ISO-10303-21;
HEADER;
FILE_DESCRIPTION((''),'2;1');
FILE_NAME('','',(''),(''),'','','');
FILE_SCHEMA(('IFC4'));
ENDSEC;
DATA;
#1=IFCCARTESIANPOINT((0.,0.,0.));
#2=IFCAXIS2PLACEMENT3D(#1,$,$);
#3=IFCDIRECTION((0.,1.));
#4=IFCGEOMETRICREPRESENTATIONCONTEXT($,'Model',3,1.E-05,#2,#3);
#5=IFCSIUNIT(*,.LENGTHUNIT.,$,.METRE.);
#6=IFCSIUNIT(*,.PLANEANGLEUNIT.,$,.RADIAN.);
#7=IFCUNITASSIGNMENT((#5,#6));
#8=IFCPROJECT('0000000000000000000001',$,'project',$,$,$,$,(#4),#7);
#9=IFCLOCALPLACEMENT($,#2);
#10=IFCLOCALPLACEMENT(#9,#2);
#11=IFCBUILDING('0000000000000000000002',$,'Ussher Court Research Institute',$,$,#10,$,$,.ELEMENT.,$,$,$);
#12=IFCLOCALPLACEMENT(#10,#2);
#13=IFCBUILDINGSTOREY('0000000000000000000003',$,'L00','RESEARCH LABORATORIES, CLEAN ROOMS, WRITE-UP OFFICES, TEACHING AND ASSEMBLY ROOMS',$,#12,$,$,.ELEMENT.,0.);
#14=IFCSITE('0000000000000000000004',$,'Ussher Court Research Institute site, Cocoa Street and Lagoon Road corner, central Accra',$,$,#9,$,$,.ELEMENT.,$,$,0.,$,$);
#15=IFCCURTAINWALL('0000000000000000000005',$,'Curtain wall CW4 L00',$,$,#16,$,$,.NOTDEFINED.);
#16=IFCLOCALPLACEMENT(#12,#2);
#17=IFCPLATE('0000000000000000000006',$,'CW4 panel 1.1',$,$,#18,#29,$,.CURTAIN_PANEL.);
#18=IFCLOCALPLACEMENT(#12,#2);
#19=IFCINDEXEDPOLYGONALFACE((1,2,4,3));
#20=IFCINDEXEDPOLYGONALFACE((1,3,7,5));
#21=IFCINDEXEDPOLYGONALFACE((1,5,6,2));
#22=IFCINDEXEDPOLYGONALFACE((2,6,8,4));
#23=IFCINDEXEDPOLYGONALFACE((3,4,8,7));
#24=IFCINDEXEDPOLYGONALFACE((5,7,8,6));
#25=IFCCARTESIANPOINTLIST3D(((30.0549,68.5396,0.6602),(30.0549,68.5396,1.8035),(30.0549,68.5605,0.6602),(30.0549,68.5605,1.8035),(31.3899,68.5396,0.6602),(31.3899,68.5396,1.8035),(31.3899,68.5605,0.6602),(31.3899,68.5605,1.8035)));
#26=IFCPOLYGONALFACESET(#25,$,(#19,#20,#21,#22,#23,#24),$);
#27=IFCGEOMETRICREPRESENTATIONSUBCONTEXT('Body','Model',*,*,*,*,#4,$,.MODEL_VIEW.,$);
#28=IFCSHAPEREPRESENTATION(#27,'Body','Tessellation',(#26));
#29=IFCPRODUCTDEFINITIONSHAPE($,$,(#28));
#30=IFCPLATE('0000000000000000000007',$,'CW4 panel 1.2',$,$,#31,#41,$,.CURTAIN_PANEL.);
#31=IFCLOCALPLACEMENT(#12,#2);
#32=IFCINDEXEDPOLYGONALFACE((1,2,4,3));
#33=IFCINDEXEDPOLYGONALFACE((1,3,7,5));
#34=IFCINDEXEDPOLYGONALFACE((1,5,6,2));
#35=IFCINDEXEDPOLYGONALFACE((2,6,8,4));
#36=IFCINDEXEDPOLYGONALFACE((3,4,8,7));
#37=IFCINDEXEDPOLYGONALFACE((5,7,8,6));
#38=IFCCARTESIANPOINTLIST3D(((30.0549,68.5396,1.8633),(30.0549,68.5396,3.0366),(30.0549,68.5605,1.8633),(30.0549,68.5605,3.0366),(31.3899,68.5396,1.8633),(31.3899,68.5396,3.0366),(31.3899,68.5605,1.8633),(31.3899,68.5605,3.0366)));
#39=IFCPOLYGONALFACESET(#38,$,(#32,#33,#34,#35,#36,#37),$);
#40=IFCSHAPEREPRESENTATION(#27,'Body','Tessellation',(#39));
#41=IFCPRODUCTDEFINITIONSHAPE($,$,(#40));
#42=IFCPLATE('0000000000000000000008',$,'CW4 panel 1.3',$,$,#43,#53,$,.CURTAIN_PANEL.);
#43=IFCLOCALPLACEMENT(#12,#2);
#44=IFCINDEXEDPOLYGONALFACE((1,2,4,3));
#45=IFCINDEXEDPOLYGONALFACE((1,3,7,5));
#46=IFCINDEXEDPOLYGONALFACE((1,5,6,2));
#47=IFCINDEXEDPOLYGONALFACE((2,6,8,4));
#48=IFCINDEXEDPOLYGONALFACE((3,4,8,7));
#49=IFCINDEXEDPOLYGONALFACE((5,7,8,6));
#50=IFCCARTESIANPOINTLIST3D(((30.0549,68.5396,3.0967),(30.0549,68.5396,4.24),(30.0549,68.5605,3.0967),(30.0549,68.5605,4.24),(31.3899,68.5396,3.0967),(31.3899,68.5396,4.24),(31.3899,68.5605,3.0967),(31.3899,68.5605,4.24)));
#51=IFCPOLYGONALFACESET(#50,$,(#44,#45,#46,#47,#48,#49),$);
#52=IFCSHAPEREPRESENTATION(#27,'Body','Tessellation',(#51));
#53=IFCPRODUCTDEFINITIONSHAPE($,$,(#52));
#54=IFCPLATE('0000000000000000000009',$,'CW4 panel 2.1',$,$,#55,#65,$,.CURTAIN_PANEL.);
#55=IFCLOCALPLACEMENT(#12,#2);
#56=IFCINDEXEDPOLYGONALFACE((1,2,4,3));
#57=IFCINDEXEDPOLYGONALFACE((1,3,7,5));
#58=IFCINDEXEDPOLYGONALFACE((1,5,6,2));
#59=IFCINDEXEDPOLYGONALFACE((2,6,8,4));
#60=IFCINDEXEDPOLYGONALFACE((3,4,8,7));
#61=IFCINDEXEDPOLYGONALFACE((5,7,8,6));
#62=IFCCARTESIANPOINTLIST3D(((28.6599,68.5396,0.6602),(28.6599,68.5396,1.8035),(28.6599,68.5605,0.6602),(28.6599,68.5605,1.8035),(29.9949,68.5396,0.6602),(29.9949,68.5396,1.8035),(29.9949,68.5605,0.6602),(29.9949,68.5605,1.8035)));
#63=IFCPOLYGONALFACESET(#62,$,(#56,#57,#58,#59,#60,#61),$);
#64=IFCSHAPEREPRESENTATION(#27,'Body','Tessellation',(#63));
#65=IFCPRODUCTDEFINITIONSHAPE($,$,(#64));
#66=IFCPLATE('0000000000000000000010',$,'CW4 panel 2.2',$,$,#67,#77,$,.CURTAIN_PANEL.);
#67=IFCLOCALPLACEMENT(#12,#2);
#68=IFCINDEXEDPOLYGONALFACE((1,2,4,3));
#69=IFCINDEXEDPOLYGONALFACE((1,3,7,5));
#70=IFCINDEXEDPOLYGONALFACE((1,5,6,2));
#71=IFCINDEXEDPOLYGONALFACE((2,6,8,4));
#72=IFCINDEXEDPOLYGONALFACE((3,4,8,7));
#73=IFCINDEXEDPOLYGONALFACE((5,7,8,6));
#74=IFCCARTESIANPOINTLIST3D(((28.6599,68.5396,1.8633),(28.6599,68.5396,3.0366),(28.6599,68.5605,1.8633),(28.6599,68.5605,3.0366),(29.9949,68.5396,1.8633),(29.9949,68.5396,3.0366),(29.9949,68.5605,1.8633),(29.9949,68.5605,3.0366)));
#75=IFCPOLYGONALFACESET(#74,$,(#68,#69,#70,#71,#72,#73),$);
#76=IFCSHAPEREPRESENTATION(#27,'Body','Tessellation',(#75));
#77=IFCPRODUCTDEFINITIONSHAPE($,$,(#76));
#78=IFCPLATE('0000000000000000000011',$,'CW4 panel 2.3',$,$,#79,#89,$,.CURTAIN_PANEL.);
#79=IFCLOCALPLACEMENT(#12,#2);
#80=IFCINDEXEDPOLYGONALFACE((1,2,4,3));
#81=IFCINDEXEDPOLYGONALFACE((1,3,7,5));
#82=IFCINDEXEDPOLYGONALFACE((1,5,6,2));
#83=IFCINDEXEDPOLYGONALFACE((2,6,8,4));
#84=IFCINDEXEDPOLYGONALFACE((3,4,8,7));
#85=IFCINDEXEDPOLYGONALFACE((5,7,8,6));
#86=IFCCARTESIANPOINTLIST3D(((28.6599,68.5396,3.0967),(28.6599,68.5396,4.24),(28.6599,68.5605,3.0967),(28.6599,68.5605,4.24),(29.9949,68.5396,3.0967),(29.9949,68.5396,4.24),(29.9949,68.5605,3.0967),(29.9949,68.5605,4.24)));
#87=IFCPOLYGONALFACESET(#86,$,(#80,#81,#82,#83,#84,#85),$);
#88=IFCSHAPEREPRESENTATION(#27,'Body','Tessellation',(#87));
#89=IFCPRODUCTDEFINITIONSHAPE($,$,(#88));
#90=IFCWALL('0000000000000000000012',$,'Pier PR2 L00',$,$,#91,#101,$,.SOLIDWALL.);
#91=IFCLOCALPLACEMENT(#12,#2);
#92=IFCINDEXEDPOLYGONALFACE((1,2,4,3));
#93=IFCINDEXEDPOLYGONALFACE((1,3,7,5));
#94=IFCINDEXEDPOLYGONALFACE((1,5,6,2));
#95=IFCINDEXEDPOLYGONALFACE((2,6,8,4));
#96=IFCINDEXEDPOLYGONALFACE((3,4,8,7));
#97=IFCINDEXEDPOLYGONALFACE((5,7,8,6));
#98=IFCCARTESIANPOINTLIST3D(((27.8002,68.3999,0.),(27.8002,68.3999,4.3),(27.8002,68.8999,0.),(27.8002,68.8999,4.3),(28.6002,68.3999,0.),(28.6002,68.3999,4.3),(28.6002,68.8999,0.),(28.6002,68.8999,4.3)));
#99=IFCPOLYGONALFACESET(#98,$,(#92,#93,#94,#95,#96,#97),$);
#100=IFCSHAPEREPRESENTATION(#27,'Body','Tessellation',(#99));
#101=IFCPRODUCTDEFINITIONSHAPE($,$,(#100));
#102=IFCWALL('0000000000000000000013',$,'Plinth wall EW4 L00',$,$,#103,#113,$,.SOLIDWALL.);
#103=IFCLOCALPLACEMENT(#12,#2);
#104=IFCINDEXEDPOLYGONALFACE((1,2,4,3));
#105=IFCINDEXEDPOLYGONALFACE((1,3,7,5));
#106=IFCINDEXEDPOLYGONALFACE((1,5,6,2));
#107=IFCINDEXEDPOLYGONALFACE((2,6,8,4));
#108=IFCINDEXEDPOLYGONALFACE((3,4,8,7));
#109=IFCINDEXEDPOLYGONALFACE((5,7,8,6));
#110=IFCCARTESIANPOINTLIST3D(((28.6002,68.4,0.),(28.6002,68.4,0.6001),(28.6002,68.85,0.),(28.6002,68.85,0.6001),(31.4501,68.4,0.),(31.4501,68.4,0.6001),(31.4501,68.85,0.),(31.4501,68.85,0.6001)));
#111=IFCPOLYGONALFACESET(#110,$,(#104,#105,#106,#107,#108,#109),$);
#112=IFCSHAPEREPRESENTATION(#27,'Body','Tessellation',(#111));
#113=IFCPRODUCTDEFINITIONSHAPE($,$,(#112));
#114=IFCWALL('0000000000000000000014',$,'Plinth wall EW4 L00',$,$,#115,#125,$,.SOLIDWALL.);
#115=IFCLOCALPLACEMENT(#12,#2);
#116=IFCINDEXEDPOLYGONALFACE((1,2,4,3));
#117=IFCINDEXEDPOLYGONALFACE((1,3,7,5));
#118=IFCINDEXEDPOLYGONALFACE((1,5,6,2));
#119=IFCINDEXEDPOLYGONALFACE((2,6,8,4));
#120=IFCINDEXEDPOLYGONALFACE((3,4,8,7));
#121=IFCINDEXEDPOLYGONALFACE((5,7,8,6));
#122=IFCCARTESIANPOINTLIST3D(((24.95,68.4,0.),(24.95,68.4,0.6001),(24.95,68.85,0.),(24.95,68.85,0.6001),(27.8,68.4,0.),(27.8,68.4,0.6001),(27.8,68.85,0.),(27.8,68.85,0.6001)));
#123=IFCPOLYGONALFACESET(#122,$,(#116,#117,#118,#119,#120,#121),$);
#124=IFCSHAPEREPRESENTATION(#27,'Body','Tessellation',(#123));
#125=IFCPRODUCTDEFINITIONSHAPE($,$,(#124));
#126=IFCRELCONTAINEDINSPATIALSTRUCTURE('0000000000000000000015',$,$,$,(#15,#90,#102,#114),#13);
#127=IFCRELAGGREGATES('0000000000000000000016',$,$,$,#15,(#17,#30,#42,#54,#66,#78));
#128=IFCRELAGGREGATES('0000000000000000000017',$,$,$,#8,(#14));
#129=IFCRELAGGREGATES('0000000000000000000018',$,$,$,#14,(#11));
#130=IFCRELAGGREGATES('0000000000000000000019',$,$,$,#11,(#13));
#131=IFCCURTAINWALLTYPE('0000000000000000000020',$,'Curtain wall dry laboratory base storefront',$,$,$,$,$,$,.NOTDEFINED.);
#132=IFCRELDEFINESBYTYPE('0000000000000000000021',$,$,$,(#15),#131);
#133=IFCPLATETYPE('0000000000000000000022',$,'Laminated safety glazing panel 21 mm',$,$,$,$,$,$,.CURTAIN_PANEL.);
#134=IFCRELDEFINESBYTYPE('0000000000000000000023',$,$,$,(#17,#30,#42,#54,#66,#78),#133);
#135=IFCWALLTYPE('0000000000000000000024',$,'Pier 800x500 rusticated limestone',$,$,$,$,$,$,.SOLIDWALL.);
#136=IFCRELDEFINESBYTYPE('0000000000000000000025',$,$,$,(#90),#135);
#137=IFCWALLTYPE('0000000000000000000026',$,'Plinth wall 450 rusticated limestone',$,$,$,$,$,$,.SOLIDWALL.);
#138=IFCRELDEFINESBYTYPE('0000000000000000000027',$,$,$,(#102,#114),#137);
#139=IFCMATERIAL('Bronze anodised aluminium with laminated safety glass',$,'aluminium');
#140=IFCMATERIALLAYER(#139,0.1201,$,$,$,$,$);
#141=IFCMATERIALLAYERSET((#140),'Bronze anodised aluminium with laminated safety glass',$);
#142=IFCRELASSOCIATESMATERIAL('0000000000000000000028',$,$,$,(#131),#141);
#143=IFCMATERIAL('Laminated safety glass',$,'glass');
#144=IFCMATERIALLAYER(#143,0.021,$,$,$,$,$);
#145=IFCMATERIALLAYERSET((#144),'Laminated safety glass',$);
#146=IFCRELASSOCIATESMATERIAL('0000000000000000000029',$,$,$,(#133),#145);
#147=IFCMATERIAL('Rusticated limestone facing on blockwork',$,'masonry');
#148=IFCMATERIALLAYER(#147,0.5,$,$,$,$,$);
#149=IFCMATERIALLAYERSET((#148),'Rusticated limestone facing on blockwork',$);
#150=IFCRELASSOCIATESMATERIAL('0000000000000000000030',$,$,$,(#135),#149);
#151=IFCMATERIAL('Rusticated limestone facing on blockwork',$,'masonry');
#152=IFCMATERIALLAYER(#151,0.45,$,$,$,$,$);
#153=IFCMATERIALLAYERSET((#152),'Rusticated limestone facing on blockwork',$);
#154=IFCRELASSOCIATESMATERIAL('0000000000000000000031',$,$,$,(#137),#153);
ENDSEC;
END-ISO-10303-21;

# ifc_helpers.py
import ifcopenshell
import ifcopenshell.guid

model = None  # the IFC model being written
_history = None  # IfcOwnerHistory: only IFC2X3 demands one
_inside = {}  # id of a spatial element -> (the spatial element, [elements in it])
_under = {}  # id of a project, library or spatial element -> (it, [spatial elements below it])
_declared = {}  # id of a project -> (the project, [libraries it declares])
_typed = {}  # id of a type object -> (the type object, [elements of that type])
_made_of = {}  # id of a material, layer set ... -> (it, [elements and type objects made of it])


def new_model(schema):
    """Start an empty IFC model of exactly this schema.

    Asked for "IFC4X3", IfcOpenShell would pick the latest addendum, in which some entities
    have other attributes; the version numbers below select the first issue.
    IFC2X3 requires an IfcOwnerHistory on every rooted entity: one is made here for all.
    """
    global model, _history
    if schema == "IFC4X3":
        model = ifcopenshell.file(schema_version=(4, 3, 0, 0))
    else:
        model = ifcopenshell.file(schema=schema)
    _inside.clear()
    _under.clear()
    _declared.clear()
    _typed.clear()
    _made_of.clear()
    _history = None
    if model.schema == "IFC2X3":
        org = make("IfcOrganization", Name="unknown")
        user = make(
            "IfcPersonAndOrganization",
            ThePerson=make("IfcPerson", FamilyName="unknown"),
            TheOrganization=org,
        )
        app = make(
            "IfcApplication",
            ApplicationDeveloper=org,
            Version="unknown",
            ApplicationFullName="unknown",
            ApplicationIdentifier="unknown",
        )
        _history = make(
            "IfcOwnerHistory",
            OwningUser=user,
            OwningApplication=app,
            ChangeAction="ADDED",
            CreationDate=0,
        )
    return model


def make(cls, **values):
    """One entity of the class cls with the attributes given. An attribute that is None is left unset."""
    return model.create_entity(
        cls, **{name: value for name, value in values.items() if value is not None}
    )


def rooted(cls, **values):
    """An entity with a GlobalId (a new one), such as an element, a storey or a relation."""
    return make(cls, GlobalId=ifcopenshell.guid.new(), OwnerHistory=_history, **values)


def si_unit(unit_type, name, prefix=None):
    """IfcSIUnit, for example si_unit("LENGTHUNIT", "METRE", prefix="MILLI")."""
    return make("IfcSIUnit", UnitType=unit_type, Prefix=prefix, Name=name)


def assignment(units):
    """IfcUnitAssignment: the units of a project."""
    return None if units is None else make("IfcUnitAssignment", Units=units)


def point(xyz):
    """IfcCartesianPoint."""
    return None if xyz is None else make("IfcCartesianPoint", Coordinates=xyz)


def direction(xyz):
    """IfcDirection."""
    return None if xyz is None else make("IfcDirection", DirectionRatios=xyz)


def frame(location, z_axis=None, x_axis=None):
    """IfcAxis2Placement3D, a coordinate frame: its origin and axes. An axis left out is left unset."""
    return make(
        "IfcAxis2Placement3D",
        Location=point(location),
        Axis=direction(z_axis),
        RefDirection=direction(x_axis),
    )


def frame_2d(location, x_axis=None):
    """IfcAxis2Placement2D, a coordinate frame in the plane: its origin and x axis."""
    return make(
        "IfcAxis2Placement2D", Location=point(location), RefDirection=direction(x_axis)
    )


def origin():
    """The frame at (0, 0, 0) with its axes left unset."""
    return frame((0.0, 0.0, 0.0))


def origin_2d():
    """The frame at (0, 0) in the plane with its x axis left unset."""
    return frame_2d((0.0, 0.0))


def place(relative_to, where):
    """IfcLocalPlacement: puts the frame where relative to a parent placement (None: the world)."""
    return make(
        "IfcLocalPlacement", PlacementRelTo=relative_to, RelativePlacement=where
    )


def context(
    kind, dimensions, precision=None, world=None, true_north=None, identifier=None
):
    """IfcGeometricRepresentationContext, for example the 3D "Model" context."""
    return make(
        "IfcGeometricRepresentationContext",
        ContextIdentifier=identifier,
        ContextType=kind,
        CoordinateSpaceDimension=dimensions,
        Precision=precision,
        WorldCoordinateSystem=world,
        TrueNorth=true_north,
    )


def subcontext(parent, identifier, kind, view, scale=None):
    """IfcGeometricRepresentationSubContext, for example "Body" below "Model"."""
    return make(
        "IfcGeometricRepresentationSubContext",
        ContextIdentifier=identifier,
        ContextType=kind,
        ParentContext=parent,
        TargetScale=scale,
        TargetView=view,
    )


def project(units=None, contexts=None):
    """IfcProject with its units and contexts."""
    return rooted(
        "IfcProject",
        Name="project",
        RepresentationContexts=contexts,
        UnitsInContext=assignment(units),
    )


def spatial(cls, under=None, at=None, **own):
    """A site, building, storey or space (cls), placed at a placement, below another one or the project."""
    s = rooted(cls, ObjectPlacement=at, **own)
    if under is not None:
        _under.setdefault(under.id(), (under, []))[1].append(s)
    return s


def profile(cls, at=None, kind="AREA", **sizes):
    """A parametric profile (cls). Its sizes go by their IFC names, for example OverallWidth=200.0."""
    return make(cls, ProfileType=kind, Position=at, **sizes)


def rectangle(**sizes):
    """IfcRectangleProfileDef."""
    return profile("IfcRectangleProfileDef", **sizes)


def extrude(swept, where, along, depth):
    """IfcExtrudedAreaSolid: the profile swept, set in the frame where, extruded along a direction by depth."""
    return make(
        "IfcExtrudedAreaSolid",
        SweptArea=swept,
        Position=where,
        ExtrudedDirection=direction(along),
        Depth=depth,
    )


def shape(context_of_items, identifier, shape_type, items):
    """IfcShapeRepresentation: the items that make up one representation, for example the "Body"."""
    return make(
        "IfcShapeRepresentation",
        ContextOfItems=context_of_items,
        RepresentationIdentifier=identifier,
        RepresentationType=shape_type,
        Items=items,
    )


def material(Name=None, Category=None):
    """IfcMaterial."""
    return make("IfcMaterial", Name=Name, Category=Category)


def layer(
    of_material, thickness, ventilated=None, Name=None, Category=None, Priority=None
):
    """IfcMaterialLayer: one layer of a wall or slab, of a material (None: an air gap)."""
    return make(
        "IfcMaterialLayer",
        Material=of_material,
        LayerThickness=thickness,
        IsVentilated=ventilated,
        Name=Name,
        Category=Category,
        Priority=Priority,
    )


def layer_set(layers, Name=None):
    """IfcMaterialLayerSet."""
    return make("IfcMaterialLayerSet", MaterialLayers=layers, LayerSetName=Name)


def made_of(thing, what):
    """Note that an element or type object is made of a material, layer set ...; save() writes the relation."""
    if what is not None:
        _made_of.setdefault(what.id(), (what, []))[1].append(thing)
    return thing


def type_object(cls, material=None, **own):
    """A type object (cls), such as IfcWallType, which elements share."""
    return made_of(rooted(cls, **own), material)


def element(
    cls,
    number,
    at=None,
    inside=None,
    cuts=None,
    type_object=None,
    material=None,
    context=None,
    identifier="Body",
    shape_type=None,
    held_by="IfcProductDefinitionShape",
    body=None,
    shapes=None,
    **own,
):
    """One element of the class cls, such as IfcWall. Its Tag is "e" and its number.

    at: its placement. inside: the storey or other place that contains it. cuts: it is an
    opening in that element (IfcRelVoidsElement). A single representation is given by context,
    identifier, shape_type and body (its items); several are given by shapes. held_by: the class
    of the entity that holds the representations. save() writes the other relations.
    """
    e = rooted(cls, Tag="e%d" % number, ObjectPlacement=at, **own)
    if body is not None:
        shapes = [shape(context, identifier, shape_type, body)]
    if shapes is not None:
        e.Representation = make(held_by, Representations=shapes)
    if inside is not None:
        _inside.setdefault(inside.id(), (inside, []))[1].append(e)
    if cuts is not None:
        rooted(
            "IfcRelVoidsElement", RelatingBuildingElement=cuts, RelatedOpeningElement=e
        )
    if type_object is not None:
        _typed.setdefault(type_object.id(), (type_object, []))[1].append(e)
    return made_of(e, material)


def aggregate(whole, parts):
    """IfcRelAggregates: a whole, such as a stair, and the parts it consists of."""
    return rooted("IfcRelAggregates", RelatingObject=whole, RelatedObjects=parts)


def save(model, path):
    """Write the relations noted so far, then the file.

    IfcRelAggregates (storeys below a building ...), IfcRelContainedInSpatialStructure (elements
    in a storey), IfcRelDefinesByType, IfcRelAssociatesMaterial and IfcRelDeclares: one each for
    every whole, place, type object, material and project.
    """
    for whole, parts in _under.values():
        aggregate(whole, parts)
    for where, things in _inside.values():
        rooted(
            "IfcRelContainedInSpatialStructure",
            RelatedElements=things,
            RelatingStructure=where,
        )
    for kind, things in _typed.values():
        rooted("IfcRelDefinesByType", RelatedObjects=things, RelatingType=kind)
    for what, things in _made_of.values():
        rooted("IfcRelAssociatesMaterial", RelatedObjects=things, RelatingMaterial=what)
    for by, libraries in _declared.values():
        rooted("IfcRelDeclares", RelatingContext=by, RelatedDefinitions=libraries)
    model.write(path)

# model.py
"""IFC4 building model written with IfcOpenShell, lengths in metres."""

from ifc_helpers import new_model, si_unit, direction, frame, frame_2d, origin, origin_2d, place, context, subcontext, project, spatial, rectangle, extrude, material, layer, layer_set, type_object, element, aggregate, save


model = new_model("IFC4")

# Units and contexts
model_context = context("Model", 3, precision=1e-05, world=origin(), true_north=direction((0.0, 1.0)))
body_context = subcontext(model_context, "Body", "Model", "MODEL_VIEW")
ifc_project = project(units=[si_unit("LENGTHUNIT", "METRE"), si_unit("PLANEANGLEUNIT", "RADIAN")], contexts=[model_context])

# Site, building, storey
site_placement = place(None, origin())
site = spatial("IfcSite", under=ifc_project, at=site_placement, Name="Ussher Court Research Institute site, Cocoa Street and Lagoon Road corner, central Accra", CompositionType="ELEMENT", RefElevation=0.0)
building_placement = place(site_placement, origin())
building = spatial("IfcBuilding", under=site, at=building_placement, Name="Ussher Court Research Institute", CompositionType="ELEMENT")
storey_placement = place(building_placement, origin())
storey = spatial("IfcBuildingStorey", under=building, at=storey_placement, Name="L00", Description="RESEARCH LABORATORIES, CLEAN ROOMS, WRITE-UP OFFICES, TEACHING AND ASSEMBLY ROOMS", CompositionType="ELEMENT", Elevation=0.0)

# Shared definitions
ifc_material_1 = material(Name="Bronze anodised aluminium with laminated safety glass", Category="aluminium")
ifc_layer_1 = layer(ifc_material_1, 0.1201)
ifc_layer_set_1 = layer_set([ifc_layer_1], Name="Bronze anodised aluminium with laminated safety glass")
curtain_wall_type = type_object("IfcCurtainWallType", Name="Curtain wall dry laboratory base storefront", PredefinedType="NOTDEFINED", material=ifc_layer_set_1)

# Curtain wall
curtain_wall_1_placement = place(storey_placement, origin())
curtain_wall_1 = element("IfcCurtainWall", 1, at=curtain_wall_1_placement, inside=storey, type_object=curtain_wall_type, Name="Curtain wall CW4 L00", PredefinedType="NOTDEFINED")

# Plates
ifc_material_2 = material(Name="Laminated safety glass", Category="glass")
ifc_layer_2 = layer(ifc_material_2, 0.021)
ifc_layer_set_2 = layer_set([ifc_layer_2], Name="Laminated safety glass")
plate_type = type_object("IfcPlateType", Name="Laminated safety glazing panel 21 mm", PredefinedType="CURTAIN_PANEL", material=ifc_layer_set_2)
plate_1_placement = place(storey_placement, frame((30.7224, 68.55, 0.6602), z_axis=(0.0, 0.0, 1.0), x_axis=(-1.0, 0.0, 0.0)))
plate_1 = element("IfcPlate", 2, at=plate_1_placement, type_object=plate_type, Name="CW4 panel 1.1", PredefinedType="CURTAIN_PANEL", context=body_context, shape_type="SweptSolid", body=[
    extrude(rectangle(XDim=1.335, YDim=0.021, at=origin_2d()), origin(), (0.0, 0.0, 1.0), 1.1433),
])
plate_2_placement = place(storey_placement, frame((30.7224, 68.55, 1.8633), z_axis=(0.0, 0.0, 1.0), x_axis=(-1.0, 0.0, 0.0)))
plate_2 = element("IfcPlate", 3, at=plate_2_placement, type_object=plate_type, Name="CW4 panel 1.2", PredefinedType="CURTAIN_PANEL", context=body_context, shape_type="SweptSolid", body=[
    extrude(rectangle(XDim=1.335, YDim=0.021, at=origin_2d()), origin(), (0.0, 0.0, 1.0), 1.1733),
])
plate_3_placement = place(storey_placement, frame((30.7224, 68.55, 3.0967), z_axis=(0.0, 0.0, 1.0), x_axis=(-1.0, 0.0, 0.0)))
plate_3 = element("IfcPlate", 4, at=plate_3_placement, type_object=plate_type, Name="CW4 panel 1.3", PredefinedType="CURTAIN_PANEL", context=body_context, shape_type="SweptSolid", body=[
    extrude(rectangle(XDim=1.335, YDim=0.021, at=origin_2d()), origin(), (0.0, 0.0, 1.0), 1.1433),
])
plate_4_placement = place(storey_placement, frame((29.3274, 68.55, 0.6602), z_axis=(0.0, 0.0, 1.0), x_axis=(-1.0, 0.0, 0.0)))
plate_4 = element("IfcPlate", 5, at=plate_4_placement, type_object=plate_type, Name="CW4 panel 2.1", PredefinedType="CURTAIN_PANEL", context=body_context, shape_type="SweptSolid", body=[
    extrude(rectangle(XDim=1.335, YDim=0.021, at=origin_2d()), origin(), (0.0, 0.0, 1.0), 1.1433),
])
plate_5_placement = place(storey_placement, frame((29.3274, 68.55, 1.8633), z_axis=(0.0, 0.0, 1.0), x_axis=(-1.0, 0.0, 0.0)))
plate_5 = element("IfcPlate", 6, at=plate_5_placement, type_object=plate_type, Name="CW4 panel 2.2", PredefinedType="CURTAIN_PANEL", context=body_context, shape_type="SweptSolid", body=[
    extrude(rectangle(XDim=1.335, YDim=0.021, at=origin_2d()), origin(), (0.0, 0.0, 1.0), 1.1733),
])
plate_6_placement = place(storey_placement, frame((29.3274, 68.55, 3.0967), z_axis=(0.0, 0.0, 1.0), x_axis=(-1.0, 0.0, 0.0)))
plate_6 = element("IfcPlate", 7, at=plate_6_placement, type_object=plate_type, Name="CW4 panel 2.3", PredefinedType="CURTAIN_PANEL", context=body_context, shape_type="SweptSolid", body=[
    extrude(rectangle(XDim=1.335, YDim=0.021, at=origin_2d()), origin(), (0.0, 0.0, 1.0), 1.1433),
])
aggregate(curtain_wall_1, [plate_1, plate_2, plate_3, plate_4, plate_5, plate_6])

# Walls
ifc_material_3 = material(Name="Rusticated limestone facing on blockwork", Category="masonry")
ifc_layer_3 = layer(ifc_material_3, 0.5)
ifc_layer_set_3 = layer_set([ifc_layer_3], Name="Rusticated limestone facing on blockwork")
wall_type_1 = type_object("IfcWallType", Name="Pier 800x500 rusticated limestone", PredefinedType="SOLIDWALL", material=ifc_layer_set_3)
wall_1_placement = place(storey_placement, frame((28.6001, 68.6499, 0.0), z_axis=(0.0, 0.0, 1.0), x_axis=(-1.0, 0.0, 0.0)))
element("IfcWall", 8, at=wall_1_placement, inside=storey, type_object=wall_type_1, Name="Pier PR2 L00", PredefinedType="SOLIDWALL", context=body_context, shape_type="SweptSolid", body=[
    extrude(rectangle(XDim=0.8, YDim=0.5, at=frame_2d((0.3999, 0.0))), origin(), (0.0, 0.0, 1.0), 4.3),
])
ifc_material_4 = material(Name="Rusticated limestone facing on blockwork", Category="masonry")
ifc_layer_4 = layer(ifc_material_4, 0.45)
ifc_layer_set_4 = layer_set([ifc_layer_4], Name="Rusticated limestone facing on blockwork")
wall_type_2 = type_object("IfcWallType", Name="Plinth wall 450 rusticated limestone", PredefinedType="SOLIDWALL", material=ifc_layer_set_4)
wall_2_placement = place(storey_placement, frame((31.45, 68.625, 0.0), z_axis=(0.0, 0.0, 1.0), x_axis=(-1.0, 0.0, 0.0)))
element("IfcWall", 9, at=wall_2_placement, inside=storey, type_object=wall_type_2, Name="Plinth wall EW4 L00", PredefinedType="SOLIDWALL", context=body_context, shape_type="SweptSolid", body=[
    extrude(rectangle(XDim=2.8499, YDim=0.45, at=frame_2d((1.4248, 0.0))), origin(), (0.0, 0.0, 1.0), 0.6001),
])
wall_3_placement = place(storey_placement, frame((27.8, 68.625, 0.0), z_axis=(0.0, 0.0, 1.0), x_axis=(-1.0, 0.0, 0.0)))
element("IfcWall", 10, at=wall_3_placement, inside=storey, type_object=wall_type_2, Name="Plinth wall EW4 L00", PredefinedType="SOLIDWALL", context=body_context, shape_type="SweptSolid", body=[
    extrude(rectangle(XDim=2.8501, YDim=0.45, at=frame_2d((1.425, 0.0))), origin(), (0.0, 0.0, 1.0), 0.6001),
])

save(model, "model.ifc")
